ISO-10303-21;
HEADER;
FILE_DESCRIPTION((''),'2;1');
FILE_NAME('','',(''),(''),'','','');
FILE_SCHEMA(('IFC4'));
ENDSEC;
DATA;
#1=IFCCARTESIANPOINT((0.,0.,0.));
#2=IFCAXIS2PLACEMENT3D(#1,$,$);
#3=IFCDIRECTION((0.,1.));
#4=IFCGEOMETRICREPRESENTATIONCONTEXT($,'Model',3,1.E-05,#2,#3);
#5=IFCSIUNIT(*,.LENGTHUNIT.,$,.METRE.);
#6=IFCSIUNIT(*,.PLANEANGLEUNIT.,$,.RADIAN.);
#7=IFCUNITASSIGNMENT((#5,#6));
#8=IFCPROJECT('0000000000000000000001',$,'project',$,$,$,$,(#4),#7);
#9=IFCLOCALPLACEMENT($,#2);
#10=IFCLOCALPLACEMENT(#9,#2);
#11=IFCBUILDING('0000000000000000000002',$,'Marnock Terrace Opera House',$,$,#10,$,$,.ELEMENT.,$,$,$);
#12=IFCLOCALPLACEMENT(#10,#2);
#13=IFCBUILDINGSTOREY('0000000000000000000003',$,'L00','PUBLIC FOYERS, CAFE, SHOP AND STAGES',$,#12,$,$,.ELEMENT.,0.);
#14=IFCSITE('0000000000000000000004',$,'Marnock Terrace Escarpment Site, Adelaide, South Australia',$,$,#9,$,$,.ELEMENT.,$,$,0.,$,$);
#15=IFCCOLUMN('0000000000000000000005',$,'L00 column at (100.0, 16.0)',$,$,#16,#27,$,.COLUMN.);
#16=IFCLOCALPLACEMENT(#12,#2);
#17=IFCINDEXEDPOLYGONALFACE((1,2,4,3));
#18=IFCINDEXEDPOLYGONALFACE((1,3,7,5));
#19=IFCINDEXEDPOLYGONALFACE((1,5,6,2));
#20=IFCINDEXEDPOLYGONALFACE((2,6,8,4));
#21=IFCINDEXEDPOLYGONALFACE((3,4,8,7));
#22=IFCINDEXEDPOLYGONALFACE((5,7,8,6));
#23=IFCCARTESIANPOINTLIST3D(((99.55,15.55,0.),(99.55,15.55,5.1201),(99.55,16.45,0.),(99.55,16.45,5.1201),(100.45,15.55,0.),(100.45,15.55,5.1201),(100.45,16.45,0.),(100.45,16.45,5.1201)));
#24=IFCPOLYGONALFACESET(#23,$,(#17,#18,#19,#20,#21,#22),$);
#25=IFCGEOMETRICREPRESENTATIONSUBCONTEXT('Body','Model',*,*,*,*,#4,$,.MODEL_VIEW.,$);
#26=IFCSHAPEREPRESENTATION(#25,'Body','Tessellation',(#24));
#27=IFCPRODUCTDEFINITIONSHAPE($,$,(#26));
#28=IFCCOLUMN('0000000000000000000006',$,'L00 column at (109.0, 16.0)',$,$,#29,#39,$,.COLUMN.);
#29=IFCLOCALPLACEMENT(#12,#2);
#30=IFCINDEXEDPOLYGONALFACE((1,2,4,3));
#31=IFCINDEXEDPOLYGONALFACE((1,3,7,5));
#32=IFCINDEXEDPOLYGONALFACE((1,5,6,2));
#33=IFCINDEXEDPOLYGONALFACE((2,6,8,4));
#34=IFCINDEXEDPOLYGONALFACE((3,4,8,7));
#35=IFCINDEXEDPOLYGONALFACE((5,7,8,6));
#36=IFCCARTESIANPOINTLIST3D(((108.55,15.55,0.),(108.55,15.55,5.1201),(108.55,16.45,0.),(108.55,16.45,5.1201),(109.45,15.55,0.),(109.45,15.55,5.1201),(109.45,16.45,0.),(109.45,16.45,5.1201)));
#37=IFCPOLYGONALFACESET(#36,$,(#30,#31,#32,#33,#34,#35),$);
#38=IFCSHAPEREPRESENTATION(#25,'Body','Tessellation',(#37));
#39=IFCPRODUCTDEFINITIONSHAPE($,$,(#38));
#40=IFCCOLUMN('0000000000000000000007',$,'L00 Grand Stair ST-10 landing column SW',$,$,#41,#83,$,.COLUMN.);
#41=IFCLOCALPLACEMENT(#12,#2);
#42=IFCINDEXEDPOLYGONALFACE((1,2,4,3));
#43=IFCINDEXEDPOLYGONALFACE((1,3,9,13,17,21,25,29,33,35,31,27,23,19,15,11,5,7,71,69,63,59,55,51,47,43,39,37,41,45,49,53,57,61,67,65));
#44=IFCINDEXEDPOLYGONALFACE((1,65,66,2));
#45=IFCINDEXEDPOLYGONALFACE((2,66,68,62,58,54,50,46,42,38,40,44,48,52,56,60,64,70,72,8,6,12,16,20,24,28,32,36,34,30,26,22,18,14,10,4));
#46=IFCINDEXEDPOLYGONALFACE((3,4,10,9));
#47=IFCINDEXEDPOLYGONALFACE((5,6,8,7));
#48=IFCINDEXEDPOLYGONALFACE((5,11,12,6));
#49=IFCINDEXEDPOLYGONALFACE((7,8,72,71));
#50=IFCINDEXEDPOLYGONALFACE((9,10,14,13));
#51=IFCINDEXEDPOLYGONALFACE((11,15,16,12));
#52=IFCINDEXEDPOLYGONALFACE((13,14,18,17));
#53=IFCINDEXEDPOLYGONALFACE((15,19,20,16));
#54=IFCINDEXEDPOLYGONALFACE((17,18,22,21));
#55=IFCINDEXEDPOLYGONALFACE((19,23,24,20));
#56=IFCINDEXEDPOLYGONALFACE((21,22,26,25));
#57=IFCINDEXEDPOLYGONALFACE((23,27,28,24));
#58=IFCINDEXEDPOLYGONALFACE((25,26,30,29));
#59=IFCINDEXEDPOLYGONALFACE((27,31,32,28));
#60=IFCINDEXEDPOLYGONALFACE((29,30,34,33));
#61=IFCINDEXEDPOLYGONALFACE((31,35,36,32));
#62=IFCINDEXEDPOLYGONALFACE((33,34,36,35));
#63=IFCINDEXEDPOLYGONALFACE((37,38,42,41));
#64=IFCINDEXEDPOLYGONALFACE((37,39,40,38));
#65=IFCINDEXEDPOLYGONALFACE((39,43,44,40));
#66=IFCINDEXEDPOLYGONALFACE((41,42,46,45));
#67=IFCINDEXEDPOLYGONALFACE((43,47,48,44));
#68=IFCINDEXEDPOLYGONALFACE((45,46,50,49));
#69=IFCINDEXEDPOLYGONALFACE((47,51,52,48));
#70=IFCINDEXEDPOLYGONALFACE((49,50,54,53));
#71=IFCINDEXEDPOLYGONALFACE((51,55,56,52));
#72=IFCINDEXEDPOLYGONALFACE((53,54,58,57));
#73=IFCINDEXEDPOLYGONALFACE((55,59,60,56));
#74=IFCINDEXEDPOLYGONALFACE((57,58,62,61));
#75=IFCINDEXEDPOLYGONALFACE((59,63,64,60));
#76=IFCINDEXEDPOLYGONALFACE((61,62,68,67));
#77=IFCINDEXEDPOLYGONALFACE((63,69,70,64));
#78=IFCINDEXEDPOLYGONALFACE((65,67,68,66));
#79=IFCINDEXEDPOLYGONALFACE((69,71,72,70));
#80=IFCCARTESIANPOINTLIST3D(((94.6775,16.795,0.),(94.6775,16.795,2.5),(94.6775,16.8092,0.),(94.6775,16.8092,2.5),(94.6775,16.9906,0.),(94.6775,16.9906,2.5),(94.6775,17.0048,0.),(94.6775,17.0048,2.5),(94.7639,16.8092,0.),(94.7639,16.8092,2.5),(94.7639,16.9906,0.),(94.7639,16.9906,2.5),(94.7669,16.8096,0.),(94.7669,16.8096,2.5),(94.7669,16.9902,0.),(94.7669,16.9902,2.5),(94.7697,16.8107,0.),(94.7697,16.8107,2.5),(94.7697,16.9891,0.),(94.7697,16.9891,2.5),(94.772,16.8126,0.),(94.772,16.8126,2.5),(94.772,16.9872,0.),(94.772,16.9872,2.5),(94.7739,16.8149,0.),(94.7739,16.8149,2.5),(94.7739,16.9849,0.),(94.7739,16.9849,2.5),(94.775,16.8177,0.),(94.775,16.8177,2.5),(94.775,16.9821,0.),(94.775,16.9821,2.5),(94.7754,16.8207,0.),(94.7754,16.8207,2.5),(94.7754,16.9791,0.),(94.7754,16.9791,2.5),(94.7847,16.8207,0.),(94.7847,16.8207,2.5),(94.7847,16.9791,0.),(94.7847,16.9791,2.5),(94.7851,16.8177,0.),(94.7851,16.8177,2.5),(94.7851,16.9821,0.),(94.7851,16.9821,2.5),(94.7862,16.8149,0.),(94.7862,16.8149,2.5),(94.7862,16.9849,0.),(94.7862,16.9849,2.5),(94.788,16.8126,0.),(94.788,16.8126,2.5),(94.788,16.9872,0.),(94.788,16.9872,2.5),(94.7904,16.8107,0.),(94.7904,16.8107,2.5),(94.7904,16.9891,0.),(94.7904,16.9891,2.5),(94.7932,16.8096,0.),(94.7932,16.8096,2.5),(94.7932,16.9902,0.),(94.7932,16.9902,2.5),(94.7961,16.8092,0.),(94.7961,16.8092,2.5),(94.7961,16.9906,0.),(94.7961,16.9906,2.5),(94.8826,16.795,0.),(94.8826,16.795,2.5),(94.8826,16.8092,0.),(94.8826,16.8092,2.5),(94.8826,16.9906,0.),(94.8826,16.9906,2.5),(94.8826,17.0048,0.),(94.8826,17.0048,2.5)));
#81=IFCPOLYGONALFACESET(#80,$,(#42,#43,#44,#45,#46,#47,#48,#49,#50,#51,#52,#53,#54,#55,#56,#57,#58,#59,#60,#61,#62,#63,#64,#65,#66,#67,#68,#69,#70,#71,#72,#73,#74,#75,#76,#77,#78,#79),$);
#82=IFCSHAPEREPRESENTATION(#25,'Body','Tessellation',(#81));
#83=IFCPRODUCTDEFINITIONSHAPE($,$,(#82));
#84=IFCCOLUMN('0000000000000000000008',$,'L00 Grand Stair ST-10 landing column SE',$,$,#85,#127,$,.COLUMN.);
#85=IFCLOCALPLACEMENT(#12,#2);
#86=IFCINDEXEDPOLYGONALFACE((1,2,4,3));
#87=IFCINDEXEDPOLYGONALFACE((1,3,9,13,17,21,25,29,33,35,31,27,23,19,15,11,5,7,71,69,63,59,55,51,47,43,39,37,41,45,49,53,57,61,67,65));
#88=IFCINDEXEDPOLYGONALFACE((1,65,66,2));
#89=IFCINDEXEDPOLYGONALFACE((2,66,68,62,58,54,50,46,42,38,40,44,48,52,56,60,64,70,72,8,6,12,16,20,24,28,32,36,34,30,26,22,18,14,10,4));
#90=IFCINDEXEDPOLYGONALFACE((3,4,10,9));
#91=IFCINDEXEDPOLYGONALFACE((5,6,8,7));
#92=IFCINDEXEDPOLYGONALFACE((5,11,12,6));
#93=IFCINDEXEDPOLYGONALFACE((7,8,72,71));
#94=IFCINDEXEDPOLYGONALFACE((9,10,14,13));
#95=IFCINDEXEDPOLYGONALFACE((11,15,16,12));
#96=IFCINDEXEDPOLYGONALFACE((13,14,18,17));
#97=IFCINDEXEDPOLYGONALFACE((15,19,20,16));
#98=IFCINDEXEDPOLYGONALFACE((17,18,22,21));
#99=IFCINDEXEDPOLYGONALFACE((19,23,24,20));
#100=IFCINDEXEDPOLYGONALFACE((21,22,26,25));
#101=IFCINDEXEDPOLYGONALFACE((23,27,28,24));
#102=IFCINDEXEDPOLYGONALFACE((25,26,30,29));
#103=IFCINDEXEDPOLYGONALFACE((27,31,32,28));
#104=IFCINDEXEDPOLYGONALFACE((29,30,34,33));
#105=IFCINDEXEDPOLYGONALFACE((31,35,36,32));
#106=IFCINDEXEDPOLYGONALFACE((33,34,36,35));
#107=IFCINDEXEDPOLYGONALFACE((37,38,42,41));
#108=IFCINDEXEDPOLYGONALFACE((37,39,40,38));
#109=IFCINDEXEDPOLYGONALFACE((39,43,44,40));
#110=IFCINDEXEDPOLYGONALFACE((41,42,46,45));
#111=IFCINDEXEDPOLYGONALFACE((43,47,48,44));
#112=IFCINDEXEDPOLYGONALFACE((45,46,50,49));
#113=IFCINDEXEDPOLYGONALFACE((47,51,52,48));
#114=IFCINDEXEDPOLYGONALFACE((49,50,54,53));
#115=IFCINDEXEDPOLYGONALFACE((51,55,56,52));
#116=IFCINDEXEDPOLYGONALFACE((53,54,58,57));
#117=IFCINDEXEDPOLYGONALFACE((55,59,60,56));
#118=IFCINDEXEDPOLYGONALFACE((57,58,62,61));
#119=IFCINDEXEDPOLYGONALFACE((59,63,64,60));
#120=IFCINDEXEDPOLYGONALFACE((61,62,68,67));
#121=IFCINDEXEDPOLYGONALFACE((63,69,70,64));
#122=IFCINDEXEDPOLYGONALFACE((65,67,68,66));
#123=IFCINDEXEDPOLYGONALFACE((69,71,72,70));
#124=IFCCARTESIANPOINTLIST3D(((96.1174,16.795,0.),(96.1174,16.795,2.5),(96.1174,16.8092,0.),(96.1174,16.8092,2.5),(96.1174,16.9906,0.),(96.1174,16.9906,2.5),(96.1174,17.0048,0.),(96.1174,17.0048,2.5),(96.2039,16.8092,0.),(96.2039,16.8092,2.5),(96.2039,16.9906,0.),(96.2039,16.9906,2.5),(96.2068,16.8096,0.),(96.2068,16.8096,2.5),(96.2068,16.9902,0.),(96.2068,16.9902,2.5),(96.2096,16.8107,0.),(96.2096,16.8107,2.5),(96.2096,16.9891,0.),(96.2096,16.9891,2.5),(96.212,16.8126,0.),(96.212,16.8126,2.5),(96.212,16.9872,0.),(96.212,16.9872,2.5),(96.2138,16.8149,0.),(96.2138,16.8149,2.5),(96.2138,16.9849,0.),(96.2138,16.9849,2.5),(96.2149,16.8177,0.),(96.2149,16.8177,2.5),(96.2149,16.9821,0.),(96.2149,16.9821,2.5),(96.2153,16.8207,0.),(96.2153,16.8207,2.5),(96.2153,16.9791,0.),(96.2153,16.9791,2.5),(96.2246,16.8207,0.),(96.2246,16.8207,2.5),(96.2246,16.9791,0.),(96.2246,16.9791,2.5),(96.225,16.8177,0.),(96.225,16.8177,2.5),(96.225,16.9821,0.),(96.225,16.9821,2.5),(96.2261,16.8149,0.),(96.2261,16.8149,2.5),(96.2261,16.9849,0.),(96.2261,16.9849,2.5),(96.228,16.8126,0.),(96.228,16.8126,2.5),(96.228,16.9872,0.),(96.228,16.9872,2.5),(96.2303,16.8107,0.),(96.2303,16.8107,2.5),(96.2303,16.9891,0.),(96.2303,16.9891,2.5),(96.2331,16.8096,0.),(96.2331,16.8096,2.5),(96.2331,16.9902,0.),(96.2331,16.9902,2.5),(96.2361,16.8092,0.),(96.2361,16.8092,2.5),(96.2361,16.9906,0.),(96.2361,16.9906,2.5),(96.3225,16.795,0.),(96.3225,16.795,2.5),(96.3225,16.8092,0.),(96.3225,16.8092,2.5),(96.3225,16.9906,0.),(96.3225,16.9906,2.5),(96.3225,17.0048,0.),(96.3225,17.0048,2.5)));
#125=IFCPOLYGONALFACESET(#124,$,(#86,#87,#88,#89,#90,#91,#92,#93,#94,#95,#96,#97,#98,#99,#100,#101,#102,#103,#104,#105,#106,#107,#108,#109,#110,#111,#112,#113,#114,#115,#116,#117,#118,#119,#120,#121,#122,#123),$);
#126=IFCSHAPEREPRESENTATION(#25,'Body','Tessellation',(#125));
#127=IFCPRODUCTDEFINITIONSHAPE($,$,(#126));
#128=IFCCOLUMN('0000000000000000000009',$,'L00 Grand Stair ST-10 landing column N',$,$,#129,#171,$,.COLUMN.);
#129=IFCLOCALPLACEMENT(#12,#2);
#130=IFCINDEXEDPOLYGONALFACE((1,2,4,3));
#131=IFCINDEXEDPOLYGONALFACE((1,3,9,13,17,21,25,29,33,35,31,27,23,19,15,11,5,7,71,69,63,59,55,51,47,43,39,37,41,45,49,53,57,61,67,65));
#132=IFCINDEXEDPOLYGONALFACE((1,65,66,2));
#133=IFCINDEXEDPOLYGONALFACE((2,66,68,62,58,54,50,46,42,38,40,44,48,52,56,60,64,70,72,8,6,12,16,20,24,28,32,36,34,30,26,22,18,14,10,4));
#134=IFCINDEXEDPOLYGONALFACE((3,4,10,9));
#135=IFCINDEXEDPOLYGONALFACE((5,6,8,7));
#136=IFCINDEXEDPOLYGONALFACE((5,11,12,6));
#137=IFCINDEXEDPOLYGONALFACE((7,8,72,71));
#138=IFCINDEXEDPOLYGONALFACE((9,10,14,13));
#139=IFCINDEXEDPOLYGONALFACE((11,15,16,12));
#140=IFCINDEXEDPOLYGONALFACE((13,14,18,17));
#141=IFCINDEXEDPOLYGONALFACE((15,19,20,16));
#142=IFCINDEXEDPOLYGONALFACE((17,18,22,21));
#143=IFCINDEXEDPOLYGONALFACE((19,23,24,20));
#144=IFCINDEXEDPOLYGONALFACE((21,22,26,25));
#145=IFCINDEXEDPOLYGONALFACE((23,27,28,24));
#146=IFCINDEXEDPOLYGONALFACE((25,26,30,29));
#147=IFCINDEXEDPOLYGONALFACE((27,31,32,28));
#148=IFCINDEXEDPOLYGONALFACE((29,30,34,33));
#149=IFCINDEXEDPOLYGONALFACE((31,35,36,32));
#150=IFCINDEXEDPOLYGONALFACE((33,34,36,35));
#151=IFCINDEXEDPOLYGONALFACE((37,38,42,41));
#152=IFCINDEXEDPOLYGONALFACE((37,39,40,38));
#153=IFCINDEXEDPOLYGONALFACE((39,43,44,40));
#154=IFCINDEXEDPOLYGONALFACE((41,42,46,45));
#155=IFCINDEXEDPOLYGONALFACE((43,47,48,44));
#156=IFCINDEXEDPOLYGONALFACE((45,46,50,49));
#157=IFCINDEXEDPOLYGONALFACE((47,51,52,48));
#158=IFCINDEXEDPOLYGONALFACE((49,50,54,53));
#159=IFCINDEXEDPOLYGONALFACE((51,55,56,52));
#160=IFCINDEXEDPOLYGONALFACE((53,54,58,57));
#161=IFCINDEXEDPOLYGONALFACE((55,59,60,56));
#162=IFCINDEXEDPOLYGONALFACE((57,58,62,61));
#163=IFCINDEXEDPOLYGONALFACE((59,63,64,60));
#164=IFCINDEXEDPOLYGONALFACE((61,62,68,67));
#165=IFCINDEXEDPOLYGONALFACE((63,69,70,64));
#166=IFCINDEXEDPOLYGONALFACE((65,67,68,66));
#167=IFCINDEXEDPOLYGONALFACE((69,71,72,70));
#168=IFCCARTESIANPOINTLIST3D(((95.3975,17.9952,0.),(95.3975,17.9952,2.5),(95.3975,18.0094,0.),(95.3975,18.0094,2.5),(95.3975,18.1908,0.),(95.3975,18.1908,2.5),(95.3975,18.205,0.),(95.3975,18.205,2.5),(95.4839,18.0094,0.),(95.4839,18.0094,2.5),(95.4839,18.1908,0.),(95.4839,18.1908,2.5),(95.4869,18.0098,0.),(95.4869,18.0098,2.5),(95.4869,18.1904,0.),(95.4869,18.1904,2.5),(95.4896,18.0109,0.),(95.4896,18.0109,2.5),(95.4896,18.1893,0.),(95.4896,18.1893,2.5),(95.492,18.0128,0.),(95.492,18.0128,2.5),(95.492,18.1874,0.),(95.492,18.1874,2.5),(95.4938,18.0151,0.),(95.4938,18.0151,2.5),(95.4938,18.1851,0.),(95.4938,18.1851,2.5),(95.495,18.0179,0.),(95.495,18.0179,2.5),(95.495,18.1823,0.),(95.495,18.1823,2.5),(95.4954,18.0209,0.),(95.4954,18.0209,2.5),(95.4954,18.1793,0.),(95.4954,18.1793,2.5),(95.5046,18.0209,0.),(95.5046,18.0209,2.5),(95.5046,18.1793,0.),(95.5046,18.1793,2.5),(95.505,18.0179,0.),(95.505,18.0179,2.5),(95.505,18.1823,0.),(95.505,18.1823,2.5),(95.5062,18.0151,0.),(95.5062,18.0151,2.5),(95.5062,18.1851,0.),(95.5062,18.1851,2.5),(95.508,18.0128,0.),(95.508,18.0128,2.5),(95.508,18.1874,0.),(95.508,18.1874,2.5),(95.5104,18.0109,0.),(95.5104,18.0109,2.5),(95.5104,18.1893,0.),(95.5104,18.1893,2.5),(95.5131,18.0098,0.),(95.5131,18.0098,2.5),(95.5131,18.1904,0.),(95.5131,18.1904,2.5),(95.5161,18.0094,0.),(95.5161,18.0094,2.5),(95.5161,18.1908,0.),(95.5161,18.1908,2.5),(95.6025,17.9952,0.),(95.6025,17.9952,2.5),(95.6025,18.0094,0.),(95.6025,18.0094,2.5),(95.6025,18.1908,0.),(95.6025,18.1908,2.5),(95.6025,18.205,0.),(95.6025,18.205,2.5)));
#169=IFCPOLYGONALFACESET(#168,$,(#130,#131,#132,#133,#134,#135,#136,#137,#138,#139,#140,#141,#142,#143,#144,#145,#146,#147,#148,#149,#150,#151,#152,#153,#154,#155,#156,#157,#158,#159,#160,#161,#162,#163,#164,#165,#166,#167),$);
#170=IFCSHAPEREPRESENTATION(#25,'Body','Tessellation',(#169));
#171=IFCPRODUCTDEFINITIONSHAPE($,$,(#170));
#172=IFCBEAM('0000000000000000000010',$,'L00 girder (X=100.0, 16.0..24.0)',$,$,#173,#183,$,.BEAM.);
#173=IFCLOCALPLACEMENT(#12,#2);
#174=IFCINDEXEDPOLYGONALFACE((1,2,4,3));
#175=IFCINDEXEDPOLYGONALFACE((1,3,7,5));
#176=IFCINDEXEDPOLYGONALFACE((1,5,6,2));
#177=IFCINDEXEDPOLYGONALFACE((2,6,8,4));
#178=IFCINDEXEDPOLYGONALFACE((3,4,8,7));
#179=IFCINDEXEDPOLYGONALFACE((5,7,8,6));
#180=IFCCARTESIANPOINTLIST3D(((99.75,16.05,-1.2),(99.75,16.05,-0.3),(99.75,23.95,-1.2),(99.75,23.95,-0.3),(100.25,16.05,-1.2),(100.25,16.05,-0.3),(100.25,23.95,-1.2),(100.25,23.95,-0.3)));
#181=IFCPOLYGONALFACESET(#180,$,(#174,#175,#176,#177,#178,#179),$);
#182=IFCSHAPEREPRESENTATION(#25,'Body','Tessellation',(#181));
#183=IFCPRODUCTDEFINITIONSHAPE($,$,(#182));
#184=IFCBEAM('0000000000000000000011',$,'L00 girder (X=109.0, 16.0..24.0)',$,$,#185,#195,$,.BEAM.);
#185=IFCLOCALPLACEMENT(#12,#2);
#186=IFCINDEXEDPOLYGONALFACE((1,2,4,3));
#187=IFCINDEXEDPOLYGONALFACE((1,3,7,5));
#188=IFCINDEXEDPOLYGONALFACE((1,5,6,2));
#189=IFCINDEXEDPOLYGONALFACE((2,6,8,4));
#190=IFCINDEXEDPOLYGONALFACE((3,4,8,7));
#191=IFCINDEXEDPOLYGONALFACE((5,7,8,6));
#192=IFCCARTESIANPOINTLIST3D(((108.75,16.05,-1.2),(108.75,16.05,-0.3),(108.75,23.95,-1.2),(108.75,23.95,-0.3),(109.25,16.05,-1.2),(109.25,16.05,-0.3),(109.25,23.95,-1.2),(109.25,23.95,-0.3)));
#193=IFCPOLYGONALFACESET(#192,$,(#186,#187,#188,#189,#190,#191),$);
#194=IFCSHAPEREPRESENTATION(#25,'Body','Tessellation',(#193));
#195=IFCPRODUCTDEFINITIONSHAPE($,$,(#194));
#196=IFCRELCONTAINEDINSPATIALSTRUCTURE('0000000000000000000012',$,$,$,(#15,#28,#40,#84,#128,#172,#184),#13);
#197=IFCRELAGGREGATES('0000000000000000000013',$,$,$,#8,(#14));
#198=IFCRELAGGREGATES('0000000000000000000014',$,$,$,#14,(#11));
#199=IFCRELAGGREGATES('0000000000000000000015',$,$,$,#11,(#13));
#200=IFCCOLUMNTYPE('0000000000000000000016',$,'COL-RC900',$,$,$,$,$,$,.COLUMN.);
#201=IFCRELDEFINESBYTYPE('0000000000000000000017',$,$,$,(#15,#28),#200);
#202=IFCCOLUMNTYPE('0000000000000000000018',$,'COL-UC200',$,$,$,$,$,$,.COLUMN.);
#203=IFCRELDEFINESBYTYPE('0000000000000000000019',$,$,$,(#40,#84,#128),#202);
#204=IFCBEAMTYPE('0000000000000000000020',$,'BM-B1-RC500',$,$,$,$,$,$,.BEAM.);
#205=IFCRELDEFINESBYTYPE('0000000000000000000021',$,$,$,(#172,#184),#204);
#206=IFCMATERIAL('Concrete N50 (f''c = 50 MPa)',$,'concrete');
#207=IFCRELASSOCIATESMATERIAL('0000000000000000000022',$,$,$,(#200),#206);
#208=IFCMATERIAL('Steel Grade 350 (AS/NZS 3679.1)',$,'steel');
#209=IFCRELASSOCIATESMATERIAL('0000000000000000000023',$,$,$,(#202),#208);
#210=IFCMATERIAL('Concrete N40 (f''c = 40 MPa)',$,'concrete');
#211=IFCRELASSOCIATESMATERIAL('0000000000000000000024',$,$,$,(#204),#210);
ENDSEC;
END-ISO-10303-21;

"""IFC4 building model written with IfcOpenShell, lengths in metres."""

from ifc_helpers import new_model, si_unit, direction, frame, origin, origin_2d, place, context, subcontext, project, spatial, rectangle, i_section, extrude, material, material_profile, profile_set, type_object, element, save


model = new_model("IFC4")

# Units and contexts
model_context = context("Model", 3, precision=1e-05, world=origin(), true_north=direction((0.0, 1.0)))
body_context = subcontext(model_context, "Body", "Model", "MODEL_VIEW")
ifc_project = project(units=[si_unit("LENGTHUNIT", "METRE"), si_unit("PLANEANGLEUNIT", "RADIAN")], contexts=[model_context])

# Site, building, storey
site_placement = place(None, origin())
site = spatial("IfcSite", under=ifc_project, at=site_placement, Name="Marnock Terrace Escarpment Site, Adelaide, South Australia", CompositionType="ELEMENT", RefElevation=0.0)
building_placement = place(site_placement, origin())
building = spatial("IfcBuilding", under=site, at=building_placement, Name="Marnock Terrace Opera House", CompositionType="ELEMENT")
storey_placement = place(building_placement, origin())
storey = spatial("IfcBuildingStorey", under=building, at=storey_placement, Name="L00", Description="PUBLIC FOYERS, CAFE, SHOP AND STAGES", CompositionType="ELEMENT", Elevation=0.0)

# Columns
ifc_material_1 = material(Name="Concrete N50 (f'c = 50 MPa)", Category="concrete")
ifc_material_profile_1 = material_profile(ifc_material_1, rectangle(XDim=0.8999, YDim=0.8999, at=origin_2d()))
ifc_profile_set_1 = profile_set([ifc_material_profile_1], Name="Concrete N50 (f'c = 50 MPa)")
column_type_1 = type_object("IfcColumnType", Name="COL-RC900", PredefinedType="COLUMN", material=ifc_profile_set_1)
for number, where, z_axis, x_axis, name in (
    (1, (100.0, 16.0, 0.0), (0.0, 0.0, 1.0), (1.0, 0.0, 0.0), "L00 column at (100.0, 16.0)"),
    (2, (109.0, 16.0, 0.0), (0.0, 0.0, 1.0), (1.0, 0.0, 0.0), "L00 column at (109.0, 16.0)"),
):
    element("IfcColumn", number, at=place(storey_placement, frame(where, z_axis=z_axis, x_axis=x_axis)), inside=storey, type_object=column_type_1, Name=name, PredefinedType="COLUMN", context=body_context, shape_type="SweptSolid", body=[
        extrude(rectangle(XDim=0.8999, YDim=0.8999, at=origin_2d()), origin(), (0.0, 0.0, 1.0), 5.1201),
    ])
ifc_material_2 = material(Name="Steel Grade 350 (AS/NZS 3679.1)", Category="steel")
ifc_material_profile_2 = material_profile(ifc_material_2, i_section(OverallWidth=0.2051, OverallDepth=0.2097, WebThickness=0.0093, FlangeThickness=0.0142, FilletRadius=0.0115, at=origin_2d()))
ifc_profile_set_2 = profile_set([ifc_material_profile_2], Name="Steel Grade 350 (AS/NZS 3679.1)")
column_type_2 = type_object("IfcColumnType", Name="COL-UC200", PredefinedType="COLUMN", material=ifc_profile_set_2)
for number, where, z_axis, x_axis, name in (
    (3, (94.78, 16.8999, 0.0), (0.0, 0.0, 1.0), (1.0, 0.0, 0.0), "L00 Grand Stair ST-10 landing column SW"),
    (4, (96.22, 16.8999, 0.0), (0.0, 0.0, 1.0), (1.0, 0.0, 0.0), "L00 Grand Stair ST-10 landing column SE"),
    (5, (95.5, 18.1001, 0.0), (0.0, 0.0, 1.0), (1.0, 0.0, 0.0), "L00 Grand Stair ST-10 landing column N"),
):
    element("IfcColumn", number, at=place(storey_placement, frame(where, z_axis=z_axis, x_axis=x_axis)), inside=storey, type_object=column_type_2, Name=name, PredefinedType="COLUMN", context=body_context, shape_type="SweptSolid", body=[
        extrude(i_section(OverallWidth=0.2051, OverallDepth=0.2097, WebThickness=0.0093, FlangeThickness=0.0142, FilletRadius=0.0115, at=origin_2d()), origin(), (0.0, 0.0, 1.0), 2.5),
    ])

# Beams
ifc_material_3 = material(Name="Concrete N40 (f'c = 40 MPa)", Category="concrete")
ifc_material_profile_3 = material_profile(ifc_material_3, rectangle(XDim=0.5, YDim=0.8999, at=origin_2d()))
ifc_profile_set_3 = profile_set([ifc_material_profile_3], Name="Concrete N40 (f'c = 40 MPa)")
beam_type_1 = type_object("IfcBeamType", Name="BM-B1-RC500", PredefinedType="BEAM", material=ifc_profile_set_3)
for number, where, z_axis, x_axis, name in (
    (6, (100.0, 16.05, -0.75), (0.0, 1.0, 0.0), (-1.0, 0.0, 0.0), "L00 girder (X=100.0, 16.0..24.0)"),
    (7, (109.0, 16.05, -0.75), (0.0, 1.0, 0.0), (-1.0, 0.0, 0.0), "L00 girder (X=109.0, 16.0..24.0)"),
):
    element("IfcBeam", number, at=place(storey_placement, frame(where, z_axis=z_axis, x_axis=x_axis)), inside=storey, type_object=beam_type_1, Name=name, PredefinedType="BEAM", context=body_context, shape_type="SweptSolid", body=[
        extrude(rectangle(XDim=0.5, YDim=0.8999, at=origin_2d()), origin(), (0.0, 0.0, 1.0), 7.8999),
    ])

save(model, "model.ifc")
